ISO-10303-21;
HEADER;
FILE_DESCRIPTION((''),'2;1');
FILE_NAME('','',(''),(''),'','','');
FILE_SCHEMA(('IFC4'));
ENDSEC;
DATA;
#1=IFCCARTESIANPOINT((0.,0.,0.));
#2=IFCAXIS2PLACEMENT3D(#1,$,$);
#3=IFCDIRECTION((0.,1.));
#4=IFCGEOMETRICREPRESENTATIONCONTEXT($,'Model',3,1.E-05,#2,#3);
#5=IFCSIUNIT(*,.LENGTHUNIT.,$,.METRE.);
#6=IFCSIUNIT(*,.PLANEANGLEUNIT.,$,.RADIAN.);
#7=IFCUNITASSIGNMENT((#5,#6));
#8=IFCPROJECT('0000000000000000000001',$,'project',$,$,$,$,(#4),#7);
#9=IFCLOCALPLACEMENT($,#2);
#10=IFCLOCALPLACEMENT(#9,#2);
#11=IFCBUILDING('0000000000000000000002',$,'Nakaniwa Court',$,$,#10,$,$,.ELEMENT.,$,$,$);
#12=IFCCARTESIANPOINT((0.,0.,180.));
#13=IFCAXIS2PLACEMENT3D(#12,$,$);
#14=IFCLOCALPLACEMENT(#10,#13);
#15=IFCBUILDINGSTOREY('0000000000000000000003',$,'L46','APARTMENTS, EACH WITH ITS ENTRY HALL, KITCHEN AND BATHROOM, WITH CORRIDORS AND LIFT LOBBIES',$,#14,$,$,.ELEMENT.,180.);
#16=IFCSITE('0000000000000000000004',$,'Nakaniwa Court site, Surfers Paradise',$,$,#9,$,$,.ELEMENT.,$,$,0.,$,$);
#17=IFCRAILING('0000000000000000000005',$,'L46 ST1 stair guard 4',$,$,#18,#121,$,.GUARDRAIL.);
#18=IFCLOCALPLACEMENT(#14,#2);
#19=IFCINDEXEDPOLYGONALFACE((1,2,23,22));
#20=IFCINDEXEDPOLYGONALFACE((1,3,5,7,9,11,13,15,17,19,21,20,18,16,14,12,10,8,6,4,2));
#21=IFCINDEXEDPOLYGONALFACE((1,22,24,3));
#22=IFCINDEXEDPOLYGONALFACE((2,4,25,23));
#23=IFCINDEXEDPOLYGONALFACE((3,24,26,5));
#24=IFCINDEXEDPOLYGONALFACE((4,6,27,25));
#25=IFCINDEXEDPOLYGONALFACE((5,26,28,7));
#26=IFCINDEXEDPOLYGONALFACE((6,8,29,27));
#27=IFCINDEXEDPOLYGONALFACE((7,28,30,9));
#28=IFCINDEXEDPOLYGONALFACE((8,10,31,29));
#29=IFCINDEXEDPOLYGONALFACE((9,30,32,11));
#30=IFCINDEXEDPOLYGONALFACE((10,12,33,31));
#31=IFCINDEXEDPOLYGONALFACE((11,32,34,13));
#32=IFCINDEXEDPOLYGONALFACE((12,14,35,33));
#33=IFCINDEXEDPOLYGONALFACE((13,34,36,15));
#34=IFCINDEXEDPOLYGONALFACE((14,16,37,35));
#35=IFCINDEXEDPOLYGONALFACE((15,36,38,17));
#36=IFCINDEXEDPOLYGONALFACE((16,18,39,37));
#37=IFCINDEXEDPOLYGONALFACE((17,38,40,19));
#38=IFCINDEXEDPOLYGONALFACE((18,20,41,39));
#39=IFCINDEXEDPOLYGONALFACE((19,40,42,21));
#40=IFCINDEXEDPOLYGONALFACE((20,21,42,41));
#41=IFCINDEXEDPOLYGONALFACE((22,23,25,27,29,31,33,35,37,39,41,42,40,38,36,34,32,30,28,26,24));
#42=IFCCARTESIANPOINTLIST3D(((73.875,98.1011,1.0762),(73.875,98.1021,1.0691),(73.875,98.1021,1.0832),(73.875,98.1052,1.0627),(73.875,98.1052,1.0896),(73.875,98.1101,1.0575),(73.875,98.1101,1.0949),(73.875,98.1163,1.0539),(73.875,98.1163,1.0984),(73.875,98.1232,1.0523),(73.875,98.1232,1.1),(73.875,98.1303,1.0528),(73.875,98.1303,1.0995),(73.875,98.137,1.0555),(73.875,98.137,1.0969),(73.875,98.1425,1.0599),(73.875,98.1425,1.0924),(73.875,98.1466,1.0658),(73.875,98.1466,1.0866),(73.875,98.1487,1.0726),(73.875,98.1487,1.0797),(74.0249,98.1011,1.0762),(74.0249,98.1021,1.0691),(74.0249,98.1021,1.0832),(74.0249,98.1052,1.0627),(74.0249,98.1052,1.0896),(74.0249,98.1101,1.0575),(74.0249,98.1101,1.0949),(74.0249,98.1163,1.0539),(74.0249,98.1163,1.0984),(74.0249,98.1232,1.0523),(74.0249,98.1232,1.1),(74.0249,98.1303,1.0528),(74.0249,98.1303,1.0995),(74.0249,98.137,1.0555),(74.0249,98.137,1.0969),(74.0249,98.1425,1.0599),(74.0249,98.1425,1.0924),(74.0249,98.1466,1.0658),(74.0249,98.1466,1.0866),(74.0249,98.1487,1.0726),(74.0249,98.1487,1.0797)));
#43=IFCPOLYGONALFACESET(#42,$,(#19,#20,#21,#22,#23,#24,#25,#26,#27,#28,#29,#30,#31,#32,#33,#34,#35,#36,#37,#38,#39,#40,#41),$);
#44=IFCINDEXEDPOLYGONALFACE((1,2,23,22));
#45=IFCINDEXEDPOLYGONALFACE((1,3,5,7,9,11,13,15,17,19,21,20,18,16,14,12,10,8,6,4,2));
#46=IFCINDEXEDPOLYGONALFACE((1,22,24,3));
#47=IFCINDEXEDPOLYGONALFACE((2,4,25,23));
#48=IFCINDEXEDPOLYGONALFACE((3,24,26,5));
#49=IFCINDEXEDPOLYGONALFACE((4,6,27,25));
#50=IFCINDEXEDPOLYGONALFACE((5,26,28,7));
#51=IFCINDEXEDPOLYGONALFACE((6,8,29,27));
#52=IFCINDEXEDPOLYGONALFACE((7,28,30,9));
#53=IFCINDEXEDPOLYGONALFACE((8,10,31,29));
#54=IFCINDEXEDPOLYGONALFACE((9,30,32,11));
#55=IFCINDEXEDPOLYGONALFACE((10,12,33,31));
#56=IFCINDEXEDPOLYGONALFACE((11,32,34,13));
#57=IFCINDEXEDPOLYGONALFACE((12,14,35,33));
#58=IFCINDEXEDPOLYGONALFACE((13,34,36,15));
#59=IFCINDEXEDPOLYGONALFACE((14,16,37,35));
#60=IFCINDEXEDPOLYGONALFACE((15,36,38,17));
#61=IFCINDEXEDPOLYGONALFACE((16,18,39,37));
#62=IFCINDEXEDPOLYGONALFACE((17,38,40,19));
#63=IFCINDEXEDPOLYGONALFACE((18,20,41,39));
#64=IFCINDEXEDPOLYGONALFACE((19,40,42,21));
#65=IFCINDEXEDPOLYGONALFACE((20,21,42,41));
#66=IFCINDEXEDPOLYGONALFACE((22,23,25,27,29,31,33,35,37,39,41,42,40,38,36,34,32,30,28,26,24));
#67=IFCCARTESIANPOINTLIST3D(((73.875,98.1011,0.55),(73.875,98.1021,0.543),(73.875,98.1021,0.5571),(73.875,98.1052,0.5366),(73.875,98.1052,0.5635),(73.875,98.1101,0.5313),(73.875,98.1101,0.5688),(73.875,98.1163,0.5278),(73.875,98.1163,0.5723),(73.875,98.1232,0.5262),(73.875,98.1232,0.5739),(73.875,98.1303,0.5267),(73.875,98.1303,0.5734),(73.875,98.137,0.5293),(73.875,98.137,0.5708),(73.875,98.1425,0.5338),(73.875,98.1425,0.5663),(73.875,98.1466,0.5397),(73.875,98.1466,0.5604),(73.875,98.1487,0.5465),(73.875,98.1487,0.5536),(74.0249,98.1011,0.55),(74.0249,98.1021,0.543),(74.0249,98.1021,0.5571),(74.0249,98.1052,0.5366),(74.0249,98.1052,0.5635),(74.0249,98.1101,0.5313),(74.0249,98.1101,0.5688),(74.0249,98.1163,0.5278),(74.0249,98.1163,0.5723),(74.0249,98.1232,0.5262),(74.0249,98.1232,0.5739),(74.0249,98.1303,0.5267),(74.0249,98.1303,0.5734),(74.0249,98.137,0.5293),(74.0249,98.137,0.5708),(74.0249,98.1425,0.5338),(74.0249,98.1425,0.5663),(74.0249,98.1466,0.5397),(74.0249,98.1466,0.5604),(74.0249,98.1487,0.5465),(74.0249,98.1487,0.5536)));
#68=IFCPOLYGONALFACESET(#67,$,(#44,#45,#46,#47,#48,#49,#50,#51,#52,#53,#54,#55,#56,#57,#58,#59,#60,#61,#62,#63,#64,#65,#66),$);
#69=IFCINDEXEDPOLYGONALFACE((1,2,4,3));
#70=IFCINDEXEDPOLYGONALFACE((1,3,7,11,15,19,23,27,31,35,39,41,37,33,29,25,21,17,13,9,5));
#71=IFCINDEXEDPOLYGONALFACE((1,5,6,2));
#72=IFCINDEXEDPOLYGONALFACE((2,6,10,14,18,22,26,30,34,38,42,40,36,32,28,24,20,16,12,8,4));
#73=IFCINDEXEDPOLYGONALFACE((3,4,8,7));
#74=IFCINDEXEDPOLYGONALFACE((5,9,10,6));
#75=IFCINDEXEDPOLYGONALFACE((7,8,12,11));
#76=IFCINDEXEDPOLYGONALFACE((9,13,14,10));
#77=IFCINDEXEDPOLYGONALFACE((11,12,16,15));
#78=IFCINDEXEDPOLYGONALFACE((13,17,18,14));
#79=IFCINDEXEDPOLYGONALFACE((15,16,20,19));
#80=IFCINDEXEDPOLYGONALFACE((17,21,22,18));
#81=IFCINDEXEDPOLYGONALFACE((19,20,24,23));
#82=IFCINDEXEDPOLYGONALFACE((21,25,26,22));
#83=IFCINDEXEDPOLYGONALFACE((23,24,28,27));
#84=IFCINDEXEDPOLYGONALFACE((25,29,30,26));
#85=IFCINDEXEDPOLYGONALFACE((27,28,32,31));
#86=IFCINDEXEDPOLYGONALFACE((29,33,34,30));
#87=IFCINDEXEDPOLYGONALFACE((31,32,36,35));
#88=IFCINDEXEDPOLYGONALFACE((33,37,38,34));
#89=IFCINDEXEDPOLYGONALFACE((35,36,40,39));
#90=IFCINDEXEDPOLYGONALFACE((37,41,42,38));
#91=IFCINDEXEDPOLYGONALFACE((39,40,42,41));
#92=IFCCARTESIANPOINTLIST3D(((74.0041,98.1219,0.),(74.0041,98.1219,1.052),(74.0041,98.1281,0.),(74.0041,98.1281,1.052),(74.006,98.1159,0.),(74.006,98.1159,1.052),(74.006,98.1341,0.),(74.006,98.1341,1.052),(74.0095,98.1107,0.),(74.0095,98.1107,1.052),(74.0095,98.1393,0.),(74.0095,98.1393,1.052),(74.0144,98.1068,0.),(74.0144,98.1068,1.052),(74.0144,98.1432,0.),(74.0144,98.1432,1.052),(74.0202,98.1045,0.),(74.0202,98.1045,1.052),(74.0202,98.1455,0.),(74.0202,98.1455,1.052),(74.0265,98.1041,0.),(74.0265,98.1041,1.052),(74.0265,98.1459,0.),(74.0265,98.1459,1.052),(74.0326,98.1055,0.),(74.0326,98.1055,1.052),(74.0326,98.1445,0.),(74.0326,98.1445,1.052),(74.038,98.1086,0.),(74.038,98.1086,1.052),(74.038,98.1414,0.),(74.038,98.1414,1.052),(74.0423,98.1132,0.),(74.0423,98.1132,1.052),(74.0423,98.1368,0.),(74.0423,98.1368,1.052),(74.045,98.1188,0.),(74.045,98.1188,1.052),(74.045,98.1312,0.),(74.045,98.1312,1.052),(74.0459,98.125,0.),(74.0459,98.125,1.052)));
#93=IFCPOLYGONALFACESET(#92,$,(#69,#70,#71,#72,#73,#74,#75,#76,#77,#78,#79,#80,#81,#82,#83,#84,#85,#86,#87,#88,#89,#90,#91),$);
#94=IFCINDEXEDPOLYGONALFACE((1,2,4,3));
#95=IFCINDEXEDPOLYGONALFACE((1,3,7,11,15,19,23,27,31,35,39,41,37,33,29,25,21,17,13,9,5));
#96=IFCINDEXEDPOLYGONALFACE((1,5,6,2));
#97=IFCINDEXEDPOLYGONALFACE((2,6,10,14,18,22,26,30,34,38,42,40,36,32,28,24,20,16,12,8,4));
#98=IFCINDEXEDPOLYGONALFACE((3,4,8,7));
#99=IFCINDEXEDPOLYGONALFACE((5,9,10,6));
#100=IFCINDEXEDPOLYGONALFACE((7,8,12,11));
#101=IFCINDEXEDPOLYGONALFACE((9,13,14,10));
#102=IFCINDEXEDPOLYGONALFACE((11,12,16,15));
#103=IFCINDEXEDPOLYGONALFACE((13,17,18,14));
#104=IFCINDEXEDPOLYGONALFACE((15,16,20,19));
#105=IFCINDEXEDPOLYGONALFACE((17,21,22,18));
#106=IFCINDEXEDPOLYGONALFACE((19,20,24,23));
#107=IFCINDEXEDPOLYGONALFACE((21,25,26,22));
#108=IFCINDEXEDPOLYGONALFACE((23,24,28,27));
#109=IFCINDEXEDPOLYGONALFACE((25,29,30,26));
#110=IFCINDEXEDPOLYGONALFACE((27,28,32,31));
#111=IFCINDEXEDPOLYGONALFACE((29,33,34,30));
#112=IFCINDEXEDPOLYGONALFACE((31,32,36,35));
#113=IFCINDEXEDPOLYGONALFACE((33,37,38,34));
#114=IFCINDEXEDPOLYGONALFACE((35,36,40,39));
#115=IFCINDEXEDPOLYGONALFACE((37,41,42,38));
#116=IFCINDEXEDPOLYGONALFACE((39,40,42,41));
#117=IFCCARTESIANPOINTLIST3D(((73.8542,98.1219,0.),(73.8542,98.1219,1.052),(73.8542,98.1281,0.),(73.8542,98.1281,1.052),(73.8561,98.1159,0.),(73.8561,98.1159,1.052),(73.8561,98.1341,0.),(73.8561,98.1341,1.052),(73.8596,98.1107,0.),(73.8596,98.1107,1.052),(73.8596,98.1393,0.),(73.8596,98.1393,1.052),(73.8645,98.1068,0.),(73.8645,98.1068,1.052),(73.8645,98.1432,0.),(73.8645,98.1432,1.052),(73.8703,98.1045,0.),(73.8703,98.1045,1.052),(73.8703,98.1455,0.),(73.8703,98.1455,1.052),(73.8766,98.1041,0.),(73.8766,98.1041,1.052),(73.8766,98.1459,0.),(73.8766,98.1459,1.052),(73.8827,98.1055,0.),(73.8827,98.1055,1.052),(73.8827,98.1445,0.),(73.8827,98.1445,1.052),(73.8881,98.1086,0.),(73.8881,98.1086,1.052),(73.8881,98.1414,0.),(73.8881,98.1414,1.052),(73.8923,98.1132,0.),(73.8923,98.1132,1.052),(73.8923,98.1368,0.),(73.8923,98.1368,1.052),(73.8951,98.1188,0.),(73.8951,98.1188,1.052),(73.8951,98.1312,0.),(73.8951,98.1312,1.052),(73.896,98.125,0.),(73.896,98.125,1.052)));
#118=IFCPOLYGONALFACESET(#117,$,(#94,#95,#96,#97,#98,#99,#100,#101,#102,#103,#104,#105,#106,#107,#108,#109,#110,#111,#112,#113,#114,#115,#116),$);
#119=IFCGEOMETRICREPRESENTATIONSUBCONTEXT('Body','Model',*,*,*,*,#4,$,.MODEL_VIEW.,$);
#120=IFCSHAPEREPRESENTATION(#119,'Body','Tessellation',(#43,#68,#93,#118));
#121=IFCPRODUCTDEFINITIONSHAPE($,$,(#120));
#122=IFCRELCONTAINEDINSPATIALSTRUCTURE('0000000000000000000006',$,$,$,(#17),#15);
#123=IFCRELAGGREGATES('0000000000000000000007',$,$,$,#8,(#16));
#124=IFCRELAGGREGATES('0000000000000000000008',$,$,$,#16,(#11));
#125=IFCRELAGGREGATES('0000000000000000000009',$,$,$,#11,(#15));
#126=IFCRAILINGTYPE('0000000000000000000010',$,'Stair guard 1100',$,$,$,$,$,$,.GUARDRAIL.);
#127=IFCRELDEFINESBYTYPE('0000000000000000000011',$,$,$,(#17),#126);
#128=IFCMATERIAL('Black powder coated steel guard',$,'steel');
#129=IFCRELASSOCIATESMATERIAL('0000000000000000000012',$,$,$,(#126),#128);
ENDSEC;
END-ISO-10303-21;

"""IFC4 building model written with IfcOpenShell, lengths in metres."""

from ifc_helpers import new_model, si_unit, direction, frame, origin, origin_2d, place, context, subcontext, project, spatial, circle, extrude, material, type_object, element, save


model = new_model("IFC4")

# Units and contexts
model_context = context("Model", 3, precision=1e-05, world=origin(), true_north=direction((0.0, 1.0)))
body_context = subcontext(model_context, "Body", "Model", "MODEL_VIEW")
ifc_project = project(units=[si_unit("LENGTHUNIT", "METRE"), si_unit("PLANEANGLEUNIT", "RADIAN")], contexts=[model_context])

# Site, building, storey
site_placement = place(None, origin())
site = spatial("IfcSite", under=ifc_project, at=site_placement, Name="Nakaniwa Court site, Surfers Paradise", CompositionType="ELEMENT", RefElevation=0.0)
building_placement = place(site_placement, origin())
building = spatial("IfcBuilding", under=site, at=building_placement, Name="Nakaniwa Court", CompositionType="ELEMENT")
storey_placement = place(building_placement, frame((0.0, 0.0, 180.0)))
storey = spatial("IfcBuildingStorey", under=building, at=storey_placement, Name="L46", Description="APARTMENTS, EACH WITH ITS ENTRY HALL, KITCHEN AND BATHROOM, WITH CORRIDORS AND LIFT LOBBIES", CompositionType="ELEMENT", Elevation=180.0)

# Railing
ifc_material_1 = material(Name="Black powder coated steel guard", Category="steel")
railing_type_1 = type_object("IfcRailingType", Name="Stair guard 1100", PredefinedType="GUARDRAIL", material=ifc_material_1)
railing_1_placement = place(storey_placement, frame((74.0249, 98.125, 0.0)))
element("IfcRailing", 1, at=railing_1_placement, inside=storey, type_object=railing_type_1, Name="L46 ST1 stair guard 4", PredefinedType="GUARDRAIL", context=body_context, shape_type="SweptSolid", body=[
    extrude(circle(Radius=0.0239, at=origin_2d()), frame((0.0, 0.0, 1.0762), z_axis=(-1.0, 0.0, 0.0), x_axis=(0.0, -1.0, 0.0)), (0.0, 0.0, 1.0), 0.1499),
    extrude(circle(Radius=0.0239, at=origin_2d()), frame((0.0, 0.0, 0.55), z_axis=(-1.0, 0.0, 0.0), x_axis=(0.0, -1.0, 0.0)), (0.0, 0.0, 1.0), 0.1499),
    extrude(circle(Radius=0.021, at=origin_2d()), origin(), (0.0, 0.0, 1.0), 1.052),
    extrude(circle(Radius=0.021, at=origin_2d()), frame((-0.1499, 0.0, 0.0)), (0.0, 0.0, 1.0), 1.052),
])

save(model, "model.ifc")
